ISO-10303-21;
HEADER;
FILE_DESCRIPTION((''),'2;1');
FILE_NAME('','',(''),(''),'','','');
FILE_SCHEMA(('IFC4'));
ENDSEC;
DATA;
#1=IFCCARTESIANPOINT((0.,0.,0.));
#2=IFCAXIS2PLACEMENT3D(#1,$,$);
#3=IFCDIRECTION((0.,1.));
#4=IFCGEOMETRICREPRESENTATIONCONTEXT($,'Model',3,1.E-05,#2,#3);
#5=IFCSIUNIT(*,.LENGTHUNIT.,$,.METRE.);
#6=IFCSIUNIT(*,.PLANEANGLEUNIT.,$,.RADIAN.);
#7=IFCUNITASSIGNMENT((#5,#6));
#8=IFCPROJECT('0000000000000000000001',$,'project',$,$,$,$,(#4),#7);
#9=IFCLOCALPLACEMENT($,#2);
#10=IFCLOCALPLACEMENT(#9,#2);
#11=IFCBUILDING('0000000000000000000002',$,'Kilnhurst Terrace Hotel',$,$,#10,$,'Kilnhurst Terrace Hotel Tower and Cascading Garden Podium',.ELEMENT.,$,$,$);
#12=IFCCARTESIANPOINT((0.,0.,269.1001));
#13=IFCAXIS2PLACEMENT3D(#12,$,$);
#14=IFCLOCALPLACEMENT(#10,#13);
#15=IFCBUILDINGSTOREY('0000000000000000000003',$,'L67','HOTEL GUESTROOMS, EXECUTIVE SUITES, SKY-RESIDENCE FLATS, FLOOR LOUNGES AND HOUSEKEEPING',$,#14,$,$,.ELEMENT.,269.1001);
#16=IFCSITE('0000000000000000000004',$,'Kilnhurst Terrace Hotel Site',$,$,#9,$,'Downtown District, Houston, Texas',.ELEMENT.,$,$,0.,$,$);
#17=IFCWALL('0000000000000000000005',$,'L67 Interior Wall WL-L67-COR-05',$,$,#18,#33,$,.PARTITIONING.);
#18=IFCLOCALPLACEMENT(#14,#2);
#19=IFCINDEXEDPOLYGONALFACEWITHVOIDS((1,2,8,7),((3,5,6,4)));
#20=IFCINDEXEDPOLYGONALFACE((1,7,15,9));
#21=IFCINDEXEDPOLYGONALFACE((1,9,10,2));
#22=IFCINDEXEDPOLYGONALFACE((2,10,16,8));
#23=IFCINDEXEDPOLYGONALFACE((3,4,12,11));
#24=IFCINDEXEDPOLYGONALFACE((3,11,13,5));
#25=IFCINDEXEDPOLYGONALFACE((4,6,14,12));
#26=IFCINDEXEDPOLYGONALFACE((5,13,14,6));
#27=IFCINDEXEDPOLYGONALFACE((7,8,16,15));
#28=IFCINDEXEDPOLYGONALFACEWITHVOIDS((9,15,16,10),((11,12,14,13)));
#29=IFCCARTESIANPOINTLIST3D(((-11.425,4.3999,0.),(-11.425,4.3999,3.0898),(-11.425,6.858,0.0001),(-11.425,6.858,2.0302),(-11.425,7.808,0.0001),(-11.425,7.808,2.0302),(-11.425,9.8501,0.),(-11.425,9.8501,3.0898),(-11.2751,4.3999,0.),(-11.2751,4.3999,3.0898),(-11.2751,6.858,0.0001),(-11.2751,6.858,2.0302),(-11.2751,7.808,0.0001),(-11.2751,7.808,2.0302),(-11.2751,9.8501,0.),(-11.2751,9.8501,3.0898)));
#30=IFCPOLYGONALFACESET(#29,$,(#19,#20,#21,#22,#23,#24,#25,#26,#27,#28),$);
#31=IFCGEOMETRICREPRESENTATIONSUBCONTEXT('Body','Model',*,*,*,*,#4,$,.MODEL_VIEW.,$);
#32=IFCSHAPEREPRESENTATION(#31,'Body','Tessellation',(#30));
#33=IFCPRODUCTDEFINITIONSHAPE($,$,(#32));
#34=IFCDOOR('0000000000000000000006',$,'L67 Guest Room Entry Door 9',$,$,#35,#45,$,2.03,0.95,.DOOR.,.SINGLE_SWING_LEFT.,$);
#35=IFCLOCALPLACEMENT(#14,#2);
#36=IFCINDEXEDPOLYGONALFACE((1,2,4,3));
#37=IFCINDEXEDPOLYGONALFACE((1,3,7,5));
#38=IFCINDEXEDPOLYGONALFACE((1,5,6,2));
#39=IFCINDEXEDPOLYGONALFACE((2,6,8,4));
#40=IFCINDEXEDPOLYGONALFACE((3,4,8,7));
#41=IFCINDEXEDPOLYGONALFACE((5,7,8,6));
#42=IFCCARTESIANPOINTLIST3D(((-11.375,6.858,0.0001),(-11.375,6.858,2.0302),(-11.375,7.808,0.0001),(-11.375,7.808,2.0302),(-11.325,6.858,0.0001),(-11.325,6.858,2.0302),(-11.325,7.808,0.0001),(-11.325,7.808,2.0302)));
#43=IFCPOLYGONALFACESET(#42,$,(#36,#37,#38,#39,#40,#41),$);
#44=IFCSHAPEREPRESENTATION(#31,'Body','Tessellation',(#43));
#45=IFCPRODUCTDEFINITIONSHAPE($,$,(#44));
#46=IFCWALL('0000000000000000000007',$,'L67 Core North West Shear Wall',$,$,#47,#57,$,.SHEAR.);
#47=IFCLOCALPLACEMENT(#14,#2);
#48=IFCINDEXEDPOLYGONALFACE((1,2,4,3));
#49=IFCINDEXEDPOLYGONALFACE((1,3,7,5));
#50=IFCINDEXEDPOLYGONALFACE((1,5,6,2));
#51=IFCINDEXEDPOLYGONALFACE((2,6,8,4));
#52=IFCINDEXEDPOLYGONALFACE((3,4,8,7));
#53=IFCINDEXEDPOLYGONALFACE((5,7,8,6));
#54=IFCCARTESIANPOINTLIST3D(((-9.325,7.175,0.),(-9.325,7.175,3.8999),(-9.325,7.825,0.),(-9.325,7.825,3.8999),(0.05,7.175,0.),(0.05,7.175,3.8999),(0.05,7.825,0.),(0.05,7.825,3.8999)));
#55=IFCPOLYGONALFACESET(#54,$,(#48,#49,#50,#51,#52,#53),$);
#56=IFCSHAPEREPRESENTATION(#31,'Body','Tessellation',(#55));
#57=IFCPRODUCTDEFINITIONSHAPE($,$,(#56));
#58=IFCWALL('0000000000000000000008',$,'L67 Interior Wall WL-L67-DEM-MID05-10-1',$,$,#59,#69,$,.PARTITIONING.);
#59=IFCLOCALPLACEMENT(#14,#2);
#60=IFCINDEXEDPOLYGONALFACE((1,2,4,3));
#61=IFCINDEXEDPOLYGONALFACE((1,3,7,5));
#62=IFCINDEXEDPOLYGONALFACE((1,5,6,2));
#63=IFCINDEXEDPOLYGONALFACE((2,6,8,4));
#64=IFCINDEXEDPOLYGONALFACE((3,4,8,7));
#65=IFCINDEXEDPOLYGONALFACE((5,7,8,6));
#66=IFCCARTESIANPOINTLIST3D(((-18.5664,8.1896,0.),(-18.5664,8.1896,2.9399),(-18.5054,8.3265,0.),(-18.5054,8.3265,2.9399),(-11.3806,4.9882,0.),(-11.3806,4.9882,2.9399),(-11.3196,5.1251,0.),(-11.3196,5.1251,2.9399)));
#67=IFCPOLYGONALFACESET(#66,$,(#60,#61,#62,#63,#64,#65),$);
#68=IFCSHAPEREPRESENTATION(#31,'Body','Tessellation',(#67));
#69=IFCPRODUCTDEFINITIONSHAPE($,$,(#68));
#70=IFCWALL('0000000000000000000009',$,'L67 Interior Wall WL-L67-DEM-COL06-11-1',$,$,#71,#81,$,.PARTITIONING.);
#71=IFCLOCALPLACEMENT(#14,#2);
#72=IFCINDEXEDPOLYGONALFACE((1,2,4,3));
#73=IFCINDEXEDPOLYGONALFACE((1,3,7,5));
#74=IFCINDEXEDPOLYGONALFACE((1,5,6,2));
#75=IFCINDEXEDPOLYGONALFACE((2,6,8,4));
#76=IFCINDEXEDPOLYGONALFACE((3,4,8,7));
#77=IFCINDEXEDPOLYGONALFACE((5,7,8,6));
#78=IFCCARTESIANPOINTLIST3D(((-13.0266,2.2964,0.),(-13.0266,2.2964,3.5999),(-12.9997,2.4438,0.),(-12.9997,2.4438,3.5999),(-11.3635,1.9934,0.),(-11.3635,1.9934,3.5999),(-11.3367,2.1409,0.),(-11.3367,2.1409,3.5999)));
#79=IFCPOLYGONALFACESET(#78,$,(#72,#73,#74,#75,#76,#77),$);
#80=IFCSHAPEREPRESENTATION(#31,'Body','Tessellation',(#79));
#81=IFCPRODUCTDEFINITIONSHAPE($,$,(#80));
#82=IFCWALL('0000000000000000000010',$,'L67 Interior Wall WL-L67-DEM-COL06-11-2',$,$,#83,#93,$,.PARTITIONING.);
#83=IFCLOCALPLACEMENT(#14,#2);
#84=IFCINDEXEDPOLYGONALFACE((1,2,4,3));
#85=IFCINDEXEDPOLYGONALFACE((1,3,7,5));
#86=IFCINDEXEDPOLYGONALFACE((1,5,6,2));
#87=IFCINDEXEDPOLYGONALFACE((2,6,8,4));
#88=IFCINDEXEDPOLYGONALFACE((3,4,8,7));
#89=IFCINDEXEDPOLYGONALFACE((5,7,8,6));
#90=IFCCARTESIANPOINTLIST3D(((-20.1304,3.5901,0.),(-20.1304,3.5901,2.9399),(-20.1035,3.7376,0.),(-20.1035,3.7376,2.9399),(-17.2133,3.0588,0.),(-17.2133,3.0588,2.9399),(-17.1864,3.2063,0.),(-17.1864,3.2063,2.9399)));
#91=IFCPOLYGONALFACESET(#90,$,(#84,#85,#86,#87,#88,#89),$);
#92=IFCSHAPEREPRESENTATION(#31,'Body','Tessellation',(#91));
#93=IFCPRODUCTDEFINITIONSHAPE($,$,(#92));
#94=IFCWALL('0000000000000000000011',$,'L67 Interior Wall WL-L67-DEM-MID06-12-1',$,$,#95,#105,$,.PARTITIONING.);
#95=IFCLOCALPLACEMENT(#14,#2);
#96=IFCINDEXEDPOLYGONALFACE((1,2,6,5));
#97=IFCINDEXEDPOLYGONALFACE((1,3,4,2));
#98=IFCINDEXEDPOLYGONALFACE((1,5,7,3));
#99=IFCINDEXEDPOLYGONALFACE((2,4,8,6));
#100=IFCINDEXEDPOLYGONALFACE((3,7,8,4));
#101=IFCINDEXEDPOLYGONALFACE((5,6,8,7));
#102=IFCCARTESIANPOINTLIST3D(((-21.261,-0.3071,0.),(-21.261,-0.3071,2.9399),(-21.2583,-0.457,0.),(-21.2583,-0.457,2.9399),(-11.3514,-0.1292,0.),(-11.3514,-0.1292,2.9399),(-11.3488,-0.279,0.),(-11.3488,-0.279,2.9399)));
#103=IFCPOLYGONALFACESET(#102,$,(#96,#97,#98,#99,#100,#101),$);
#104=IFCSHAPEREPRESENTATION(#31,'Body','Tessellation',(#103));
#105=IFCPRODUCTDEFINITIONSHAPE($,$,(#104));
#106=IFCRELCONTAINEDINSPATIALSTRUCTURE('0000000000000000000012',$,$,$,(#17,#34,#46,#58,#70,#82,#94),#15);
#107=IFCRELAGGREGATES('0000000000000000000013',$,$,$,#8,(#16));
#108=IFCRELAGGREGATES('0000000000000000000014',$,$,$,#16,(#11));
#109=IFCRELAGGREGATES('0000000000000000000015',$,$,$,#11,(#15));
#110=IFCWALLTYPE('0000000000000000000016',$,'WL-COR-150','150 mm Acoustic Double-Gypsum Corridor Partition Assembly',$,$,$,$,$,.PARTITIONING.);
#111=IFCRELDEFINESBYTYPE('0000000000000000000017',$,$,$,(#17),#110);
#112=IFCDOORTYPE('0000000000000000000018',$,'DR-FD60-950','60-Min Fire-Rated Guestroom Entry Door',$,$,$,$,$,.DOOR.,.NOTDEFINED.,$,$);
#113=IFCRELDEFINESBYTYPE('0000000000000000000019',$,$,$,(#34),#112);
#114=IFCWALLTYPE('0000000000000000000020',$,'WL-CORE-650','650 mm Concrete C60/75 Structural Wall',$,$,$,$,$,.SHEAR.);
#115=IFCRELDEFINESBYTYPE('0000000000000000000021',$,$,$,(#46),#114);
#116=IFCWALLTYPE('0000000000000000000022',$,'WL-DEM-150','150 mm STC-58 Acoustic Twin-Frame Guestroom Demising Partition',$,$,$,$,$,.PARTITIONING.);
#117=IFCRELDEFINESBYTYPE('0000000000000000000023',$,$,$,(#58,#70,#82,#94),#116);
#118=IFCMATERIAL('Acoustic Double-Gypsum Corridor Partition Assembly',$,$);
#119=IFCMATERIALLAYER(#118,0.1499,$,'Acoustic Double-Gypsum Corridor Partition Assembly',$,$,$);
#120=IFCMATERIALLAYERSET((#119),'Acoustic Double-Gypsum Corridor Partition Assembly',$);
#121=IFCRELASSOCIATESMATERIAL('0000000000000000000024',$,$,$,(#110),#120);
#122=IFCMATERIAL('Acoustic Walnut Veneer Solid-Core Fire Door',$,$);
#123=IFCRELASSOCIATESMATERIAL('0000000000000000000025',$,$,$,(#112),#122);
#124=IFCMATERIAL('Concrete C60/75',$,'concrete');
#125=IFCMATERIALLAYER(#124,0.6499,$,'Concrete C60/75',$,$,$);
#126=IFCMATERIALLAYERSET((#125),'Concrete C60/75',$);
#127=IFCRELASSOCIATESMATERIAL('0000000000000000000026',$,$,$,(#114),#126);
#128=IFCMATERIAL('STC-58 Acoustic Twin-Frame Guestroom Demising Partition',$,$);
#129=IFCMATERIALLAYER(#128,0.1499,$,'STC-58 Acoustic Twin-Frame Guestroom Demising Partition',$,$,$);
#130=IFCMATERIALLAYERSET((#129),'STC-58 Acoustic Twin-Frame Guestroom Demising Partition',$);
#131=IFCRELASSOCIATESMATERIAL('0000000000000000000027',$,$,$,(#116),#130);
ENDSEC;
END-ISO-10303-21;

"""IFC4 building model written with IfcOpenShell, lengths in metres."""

from ifc_helpers import new_model, si_unit, direction, frame, frame_2d, origin, place, context, subcontext, project, spatial, rectangle, extrude, material, layer, layer_set, type_object, element, fill, save


model = new_model("IFC4")

# Units and contexts
model_context = context("Model", 3, precision=1e-05, world=origin(), true_north=direction((0.0, 1.0)))
body_context = subcontext(model_context, "Body", "Model", "MODEL_VIEW")
ifc_project = project(units=[si_unit("LENGTHUNIT", "METRE"), si_unit("PLANEANGLEUNIT", "RADIAN")], contexts=[model_context])

# Site, building, storey
site_placement = place(None, origin())
site = spatial("IfcSite", under=ifc_project, at=site_placement, Name="Kilnhurst Terrace Hotel Site", LongName="Downtown District, Houston, Texas", CompositionType="ELEMENT", RefElevation=0.0)
building_placement = place(site_placement, origin())
building = spatial("IfcBuilding", under=site, at=building_placement, Name="Kilnhurst Terrace Hotel", LongName="Kilnhurst Terrace Hotel Tower and Cascading Garden Podium", CompositionType="ELEMENT")
storey_placement = place(building_placement, frame((0.0, 0.0, 269.1001)))
storey = spatial("IfcBuildingStorey", under=building, at=storey_placement, Name="L67", Description="HOTEL GUESTROOMS, EXECUTIVE SUITES, SKY-RESIDENCE FLATS, FLOOR LOUNGES AND HOUSEKEEPING", CompositionType="ELEMENT", Elevation=269.1001)

# Shared definitions
ifc_material_1 = material(Name="Concrete C60/75", Category="concrete")

# Shared definitions
ifc_material_2 = material(Name="Acoustic Double-Gypsum Corridor Partition Assembly")
ifc_layer_1 = layer(ifc_material_2, 0.1499, Name="Acoustic Double-Gypsum Corridor Partition Assembly")
ifc_layer_set_1 = layer_set([ifc_layer_1], Name="Acoustic Double-Gypsum Corridor Partition Assembly")
wall_type_1 = type_object("IfcWallType", Name="WL-COR-150", Description="150 mm Acoustic Double-Gypsum Corridor Partition Assembly", PredefinedType="PARTITIONING", material=ifc_layer_set_1)

# Wall, opening, door
wall_1_placement = place(storey_placement, frame((-11.3501, 4.3999, 0.0), z_axis=(0.0, 0.0, 1.0), x_axis=(0.0, 1.0, 0.0)))
wall_1 = element("IfcWall", 1, at=wall_1_placement, inside=storey, type_object=wall_type_1, Name="L67 Interior Wall WL-L67-COR-05", PredefinedType="PARTITIONING", context=body_context, shape_type="SweptSolid", body=[
    extrude(rectangle(XDim=5.4502, YDim=0.1499, at=frame_2d((2.7251, 0.0))), origin(), (0.0, 0.0, 1.0), 3.0898),
])
opening_1_placement = place(wall_1_placement, frame((2.458, 0.0, 0.0)))
opening_1 = element("IfcOpeningElement", 2, at=opening_1_placement, cuts=wall_1, PredefinedType="OPENING", context=body_context, shape_type="SweptSolid", body=[
    extrude(rectangle(XDim=0.95, YDim=2.03, at=frame_2d((0.4751, 1.0151))), frame((0.0, 0.085, 0.0), z_axis=(0.0, -1.0, 0.0), x_axis=(1.0, 0.0, 0.0)), (0.0, 0.0, 1.0), 0.1699),
])
ifc_material_3 = material(Name="Acoustic Walnut Veneer Solid-Core Fire Door")
door_type_1 = type_object("IfcDoorType", Name="DR-FD60-950", Description="60-Min Fire-Rated Guestroom Entry Door", OperationType="NOTDEFINED", PredefinedType="DOOR", material=ifc_material_3)
door_1_placement = place(opening_1_placement, origin())
door_1 = element("IfcDoor", 3, at=door_1_placement, inside=storey, type_object=door_type_1, Name="L67 Guest Room Entry Door 9", OperationType="SINGLE_SWING_LEFT", OverallHeight=2.03, OverallWidth=0.95, PredefinedType="DOOR", context=body_context, shape_type="SweptSolid", body=[
    extrude(rectangle(XDim=0.95, YDim=2.03, at=frame_2d((0.4751, 1.0151))), frame((0.0, 0.0249, 0.0), z_axis=(0.0, -1.0, 0.0), x_axis=(1.0, 0.0, 0.0)), (0.0, 0.0, 1.0), 0.05),
])
fill(opening_1, door_1)

# Walls
ifc_layer_2 = layer(ifc_material_1, 0.6499, Name="Concrete C60/75")
ifc_layer_set_2 = layer_set([ifc_layer_2], Name="Concrete C60/75")
wall_type_2 = type_object("IfcWallType", Name="WL-CORE-650", Description="650 mm Concrete C60/75 Structural Wall", PredefinedType="SHEAR", material=ifc_layer_set_2)
wall_2_placement = place(storey_placement, frame((-9.325, 7.5, 0.0), z_axis=(0.0, 0.0, 1.0), x_axis=(1.0, 0.0, 0.0)))
element("IfcWall", 4, at=wall_2_placement, inside=storey, type_object=wall_type_2, Name="L67 Core North West Shear Wall", PredefinedType="SHEAR", context=body_context, shape_type="SweptSolid", body=[
    extrude(rectangle(XDim=9.375, YDim=0.6499, at=frame_2d((4.6875, 0.0))), origin(), (0.0, 0.0, 1.0), 3.8999),
])
ifc_material_4 = material(Name="STC-58 Acoustic Twin-Frame Guestroom Demising Partition")
ifc_layer_3 = layer(ifc_material_4, 0.1499, Name="STC-58 Acoustic Twin-Frame Guestroom Demising Partition")
ifc_layer_set_3 = layer_set([ifc_layer_3], Name="STC-58 Acoustic Twin-Frame Guestroom Demising Partition")
wall_type_3 = type_object("IfcWallType", Name="WL-DEM-150", Description="150 mm STC-58 Acoustic Twin-Frame Guestroom Demising Partition", PredefinedType="PARTITIONING", material=ifc_layer_set_3)
wall_3_placement = place(storey_placement, frame((-11.3501, 5.0566, 0.0), z_axis=(0.0, 0.0, 1.0), x_axis=(-0.913446, 0.406959, 0.0)))
element("IfcWall", 5, at=wall_3_placement, inside=storey, type_object=wall_type_3, Name="L67 Interior Wall WL-L67-DEM-MID05-10-1", PredefinedType="PARTITIONING", context=body_context, shape_type="SweptSolid", body=[
    extrude(rectangle(XDim=7.8667, YDim=0.1499, at=frame_2d((3.9333, 0.0))), origin(), (0.0, 0.0, 1.0), 2.9399),
])
wall_4_placement = place(storey_placement, frame((-11.3501, 2.0671, 0.0), z_axis=(0.0, 0.0, 1.0), x_axis=(-0.983807, 0.179229, 0.0)))
element("IfcWall", 6, at=wall_4_placement, inside=storey, type_object=wall_type_3, Name="L67 Interior Wall WL-L67-DEM-COL06-11-1", PredefinedType="PARTITIONING", context=body_context, shape_type="SweptSolid", body=[
    extrude(rectangle(XDim=1.6904, YDim=0.1499, at=frame_2d((0.8452, 0.0))), origin(), (0.0, 0.0, 1.0), 3.5999),
])
wall_5_placement = place(storey_placement, frame((-17.2, 3.1326, 0.0), z_axis=(0.0, 0.0, 1.0), x_axis=(-0.983817, 0.179175, 0.0)))
element("IfcWall", 7, at=wall_5_placement, inside=storey, type_object=wall_type_3, Name="L67 Interior Wall WL-L67-DEM-COL06-11-2", PredefinedType="PARTITIONING", context=body_context, shape_type="SweptSolid", body=[
    extrude(rectangle(XDim=2.9651, YDim=0.1499, at=frame_2d((1.4824, 0.0))), origin(), (0.0, 0.0, 1.0), 2.9399),
])
wall_6_placement = place(storey_placement, frame((-11.3501, -0.2041, 0.0), z_axis=(0.0, 0.0, 1.0), x_axis=(-0.999839, -0.017958, 0.0)))
element("IfcWall", 8, at=wall_6_placement, inside=storey, type_object=wall_type_3, Name="L67 Interior Wall WL-L67-DEM-MID06-12-1", PredefinedType="PARTITIONING", context=body_context, shape_type="SweptSolid", body=[
    extrude(rectangle(XDim=9.9111, YDim=0.1499, at=frame_2d((4.9556, 0.0))), origin(), (0.0, 0.0, 1.0), 2.9399),
])

save(model, "model.ifc")
